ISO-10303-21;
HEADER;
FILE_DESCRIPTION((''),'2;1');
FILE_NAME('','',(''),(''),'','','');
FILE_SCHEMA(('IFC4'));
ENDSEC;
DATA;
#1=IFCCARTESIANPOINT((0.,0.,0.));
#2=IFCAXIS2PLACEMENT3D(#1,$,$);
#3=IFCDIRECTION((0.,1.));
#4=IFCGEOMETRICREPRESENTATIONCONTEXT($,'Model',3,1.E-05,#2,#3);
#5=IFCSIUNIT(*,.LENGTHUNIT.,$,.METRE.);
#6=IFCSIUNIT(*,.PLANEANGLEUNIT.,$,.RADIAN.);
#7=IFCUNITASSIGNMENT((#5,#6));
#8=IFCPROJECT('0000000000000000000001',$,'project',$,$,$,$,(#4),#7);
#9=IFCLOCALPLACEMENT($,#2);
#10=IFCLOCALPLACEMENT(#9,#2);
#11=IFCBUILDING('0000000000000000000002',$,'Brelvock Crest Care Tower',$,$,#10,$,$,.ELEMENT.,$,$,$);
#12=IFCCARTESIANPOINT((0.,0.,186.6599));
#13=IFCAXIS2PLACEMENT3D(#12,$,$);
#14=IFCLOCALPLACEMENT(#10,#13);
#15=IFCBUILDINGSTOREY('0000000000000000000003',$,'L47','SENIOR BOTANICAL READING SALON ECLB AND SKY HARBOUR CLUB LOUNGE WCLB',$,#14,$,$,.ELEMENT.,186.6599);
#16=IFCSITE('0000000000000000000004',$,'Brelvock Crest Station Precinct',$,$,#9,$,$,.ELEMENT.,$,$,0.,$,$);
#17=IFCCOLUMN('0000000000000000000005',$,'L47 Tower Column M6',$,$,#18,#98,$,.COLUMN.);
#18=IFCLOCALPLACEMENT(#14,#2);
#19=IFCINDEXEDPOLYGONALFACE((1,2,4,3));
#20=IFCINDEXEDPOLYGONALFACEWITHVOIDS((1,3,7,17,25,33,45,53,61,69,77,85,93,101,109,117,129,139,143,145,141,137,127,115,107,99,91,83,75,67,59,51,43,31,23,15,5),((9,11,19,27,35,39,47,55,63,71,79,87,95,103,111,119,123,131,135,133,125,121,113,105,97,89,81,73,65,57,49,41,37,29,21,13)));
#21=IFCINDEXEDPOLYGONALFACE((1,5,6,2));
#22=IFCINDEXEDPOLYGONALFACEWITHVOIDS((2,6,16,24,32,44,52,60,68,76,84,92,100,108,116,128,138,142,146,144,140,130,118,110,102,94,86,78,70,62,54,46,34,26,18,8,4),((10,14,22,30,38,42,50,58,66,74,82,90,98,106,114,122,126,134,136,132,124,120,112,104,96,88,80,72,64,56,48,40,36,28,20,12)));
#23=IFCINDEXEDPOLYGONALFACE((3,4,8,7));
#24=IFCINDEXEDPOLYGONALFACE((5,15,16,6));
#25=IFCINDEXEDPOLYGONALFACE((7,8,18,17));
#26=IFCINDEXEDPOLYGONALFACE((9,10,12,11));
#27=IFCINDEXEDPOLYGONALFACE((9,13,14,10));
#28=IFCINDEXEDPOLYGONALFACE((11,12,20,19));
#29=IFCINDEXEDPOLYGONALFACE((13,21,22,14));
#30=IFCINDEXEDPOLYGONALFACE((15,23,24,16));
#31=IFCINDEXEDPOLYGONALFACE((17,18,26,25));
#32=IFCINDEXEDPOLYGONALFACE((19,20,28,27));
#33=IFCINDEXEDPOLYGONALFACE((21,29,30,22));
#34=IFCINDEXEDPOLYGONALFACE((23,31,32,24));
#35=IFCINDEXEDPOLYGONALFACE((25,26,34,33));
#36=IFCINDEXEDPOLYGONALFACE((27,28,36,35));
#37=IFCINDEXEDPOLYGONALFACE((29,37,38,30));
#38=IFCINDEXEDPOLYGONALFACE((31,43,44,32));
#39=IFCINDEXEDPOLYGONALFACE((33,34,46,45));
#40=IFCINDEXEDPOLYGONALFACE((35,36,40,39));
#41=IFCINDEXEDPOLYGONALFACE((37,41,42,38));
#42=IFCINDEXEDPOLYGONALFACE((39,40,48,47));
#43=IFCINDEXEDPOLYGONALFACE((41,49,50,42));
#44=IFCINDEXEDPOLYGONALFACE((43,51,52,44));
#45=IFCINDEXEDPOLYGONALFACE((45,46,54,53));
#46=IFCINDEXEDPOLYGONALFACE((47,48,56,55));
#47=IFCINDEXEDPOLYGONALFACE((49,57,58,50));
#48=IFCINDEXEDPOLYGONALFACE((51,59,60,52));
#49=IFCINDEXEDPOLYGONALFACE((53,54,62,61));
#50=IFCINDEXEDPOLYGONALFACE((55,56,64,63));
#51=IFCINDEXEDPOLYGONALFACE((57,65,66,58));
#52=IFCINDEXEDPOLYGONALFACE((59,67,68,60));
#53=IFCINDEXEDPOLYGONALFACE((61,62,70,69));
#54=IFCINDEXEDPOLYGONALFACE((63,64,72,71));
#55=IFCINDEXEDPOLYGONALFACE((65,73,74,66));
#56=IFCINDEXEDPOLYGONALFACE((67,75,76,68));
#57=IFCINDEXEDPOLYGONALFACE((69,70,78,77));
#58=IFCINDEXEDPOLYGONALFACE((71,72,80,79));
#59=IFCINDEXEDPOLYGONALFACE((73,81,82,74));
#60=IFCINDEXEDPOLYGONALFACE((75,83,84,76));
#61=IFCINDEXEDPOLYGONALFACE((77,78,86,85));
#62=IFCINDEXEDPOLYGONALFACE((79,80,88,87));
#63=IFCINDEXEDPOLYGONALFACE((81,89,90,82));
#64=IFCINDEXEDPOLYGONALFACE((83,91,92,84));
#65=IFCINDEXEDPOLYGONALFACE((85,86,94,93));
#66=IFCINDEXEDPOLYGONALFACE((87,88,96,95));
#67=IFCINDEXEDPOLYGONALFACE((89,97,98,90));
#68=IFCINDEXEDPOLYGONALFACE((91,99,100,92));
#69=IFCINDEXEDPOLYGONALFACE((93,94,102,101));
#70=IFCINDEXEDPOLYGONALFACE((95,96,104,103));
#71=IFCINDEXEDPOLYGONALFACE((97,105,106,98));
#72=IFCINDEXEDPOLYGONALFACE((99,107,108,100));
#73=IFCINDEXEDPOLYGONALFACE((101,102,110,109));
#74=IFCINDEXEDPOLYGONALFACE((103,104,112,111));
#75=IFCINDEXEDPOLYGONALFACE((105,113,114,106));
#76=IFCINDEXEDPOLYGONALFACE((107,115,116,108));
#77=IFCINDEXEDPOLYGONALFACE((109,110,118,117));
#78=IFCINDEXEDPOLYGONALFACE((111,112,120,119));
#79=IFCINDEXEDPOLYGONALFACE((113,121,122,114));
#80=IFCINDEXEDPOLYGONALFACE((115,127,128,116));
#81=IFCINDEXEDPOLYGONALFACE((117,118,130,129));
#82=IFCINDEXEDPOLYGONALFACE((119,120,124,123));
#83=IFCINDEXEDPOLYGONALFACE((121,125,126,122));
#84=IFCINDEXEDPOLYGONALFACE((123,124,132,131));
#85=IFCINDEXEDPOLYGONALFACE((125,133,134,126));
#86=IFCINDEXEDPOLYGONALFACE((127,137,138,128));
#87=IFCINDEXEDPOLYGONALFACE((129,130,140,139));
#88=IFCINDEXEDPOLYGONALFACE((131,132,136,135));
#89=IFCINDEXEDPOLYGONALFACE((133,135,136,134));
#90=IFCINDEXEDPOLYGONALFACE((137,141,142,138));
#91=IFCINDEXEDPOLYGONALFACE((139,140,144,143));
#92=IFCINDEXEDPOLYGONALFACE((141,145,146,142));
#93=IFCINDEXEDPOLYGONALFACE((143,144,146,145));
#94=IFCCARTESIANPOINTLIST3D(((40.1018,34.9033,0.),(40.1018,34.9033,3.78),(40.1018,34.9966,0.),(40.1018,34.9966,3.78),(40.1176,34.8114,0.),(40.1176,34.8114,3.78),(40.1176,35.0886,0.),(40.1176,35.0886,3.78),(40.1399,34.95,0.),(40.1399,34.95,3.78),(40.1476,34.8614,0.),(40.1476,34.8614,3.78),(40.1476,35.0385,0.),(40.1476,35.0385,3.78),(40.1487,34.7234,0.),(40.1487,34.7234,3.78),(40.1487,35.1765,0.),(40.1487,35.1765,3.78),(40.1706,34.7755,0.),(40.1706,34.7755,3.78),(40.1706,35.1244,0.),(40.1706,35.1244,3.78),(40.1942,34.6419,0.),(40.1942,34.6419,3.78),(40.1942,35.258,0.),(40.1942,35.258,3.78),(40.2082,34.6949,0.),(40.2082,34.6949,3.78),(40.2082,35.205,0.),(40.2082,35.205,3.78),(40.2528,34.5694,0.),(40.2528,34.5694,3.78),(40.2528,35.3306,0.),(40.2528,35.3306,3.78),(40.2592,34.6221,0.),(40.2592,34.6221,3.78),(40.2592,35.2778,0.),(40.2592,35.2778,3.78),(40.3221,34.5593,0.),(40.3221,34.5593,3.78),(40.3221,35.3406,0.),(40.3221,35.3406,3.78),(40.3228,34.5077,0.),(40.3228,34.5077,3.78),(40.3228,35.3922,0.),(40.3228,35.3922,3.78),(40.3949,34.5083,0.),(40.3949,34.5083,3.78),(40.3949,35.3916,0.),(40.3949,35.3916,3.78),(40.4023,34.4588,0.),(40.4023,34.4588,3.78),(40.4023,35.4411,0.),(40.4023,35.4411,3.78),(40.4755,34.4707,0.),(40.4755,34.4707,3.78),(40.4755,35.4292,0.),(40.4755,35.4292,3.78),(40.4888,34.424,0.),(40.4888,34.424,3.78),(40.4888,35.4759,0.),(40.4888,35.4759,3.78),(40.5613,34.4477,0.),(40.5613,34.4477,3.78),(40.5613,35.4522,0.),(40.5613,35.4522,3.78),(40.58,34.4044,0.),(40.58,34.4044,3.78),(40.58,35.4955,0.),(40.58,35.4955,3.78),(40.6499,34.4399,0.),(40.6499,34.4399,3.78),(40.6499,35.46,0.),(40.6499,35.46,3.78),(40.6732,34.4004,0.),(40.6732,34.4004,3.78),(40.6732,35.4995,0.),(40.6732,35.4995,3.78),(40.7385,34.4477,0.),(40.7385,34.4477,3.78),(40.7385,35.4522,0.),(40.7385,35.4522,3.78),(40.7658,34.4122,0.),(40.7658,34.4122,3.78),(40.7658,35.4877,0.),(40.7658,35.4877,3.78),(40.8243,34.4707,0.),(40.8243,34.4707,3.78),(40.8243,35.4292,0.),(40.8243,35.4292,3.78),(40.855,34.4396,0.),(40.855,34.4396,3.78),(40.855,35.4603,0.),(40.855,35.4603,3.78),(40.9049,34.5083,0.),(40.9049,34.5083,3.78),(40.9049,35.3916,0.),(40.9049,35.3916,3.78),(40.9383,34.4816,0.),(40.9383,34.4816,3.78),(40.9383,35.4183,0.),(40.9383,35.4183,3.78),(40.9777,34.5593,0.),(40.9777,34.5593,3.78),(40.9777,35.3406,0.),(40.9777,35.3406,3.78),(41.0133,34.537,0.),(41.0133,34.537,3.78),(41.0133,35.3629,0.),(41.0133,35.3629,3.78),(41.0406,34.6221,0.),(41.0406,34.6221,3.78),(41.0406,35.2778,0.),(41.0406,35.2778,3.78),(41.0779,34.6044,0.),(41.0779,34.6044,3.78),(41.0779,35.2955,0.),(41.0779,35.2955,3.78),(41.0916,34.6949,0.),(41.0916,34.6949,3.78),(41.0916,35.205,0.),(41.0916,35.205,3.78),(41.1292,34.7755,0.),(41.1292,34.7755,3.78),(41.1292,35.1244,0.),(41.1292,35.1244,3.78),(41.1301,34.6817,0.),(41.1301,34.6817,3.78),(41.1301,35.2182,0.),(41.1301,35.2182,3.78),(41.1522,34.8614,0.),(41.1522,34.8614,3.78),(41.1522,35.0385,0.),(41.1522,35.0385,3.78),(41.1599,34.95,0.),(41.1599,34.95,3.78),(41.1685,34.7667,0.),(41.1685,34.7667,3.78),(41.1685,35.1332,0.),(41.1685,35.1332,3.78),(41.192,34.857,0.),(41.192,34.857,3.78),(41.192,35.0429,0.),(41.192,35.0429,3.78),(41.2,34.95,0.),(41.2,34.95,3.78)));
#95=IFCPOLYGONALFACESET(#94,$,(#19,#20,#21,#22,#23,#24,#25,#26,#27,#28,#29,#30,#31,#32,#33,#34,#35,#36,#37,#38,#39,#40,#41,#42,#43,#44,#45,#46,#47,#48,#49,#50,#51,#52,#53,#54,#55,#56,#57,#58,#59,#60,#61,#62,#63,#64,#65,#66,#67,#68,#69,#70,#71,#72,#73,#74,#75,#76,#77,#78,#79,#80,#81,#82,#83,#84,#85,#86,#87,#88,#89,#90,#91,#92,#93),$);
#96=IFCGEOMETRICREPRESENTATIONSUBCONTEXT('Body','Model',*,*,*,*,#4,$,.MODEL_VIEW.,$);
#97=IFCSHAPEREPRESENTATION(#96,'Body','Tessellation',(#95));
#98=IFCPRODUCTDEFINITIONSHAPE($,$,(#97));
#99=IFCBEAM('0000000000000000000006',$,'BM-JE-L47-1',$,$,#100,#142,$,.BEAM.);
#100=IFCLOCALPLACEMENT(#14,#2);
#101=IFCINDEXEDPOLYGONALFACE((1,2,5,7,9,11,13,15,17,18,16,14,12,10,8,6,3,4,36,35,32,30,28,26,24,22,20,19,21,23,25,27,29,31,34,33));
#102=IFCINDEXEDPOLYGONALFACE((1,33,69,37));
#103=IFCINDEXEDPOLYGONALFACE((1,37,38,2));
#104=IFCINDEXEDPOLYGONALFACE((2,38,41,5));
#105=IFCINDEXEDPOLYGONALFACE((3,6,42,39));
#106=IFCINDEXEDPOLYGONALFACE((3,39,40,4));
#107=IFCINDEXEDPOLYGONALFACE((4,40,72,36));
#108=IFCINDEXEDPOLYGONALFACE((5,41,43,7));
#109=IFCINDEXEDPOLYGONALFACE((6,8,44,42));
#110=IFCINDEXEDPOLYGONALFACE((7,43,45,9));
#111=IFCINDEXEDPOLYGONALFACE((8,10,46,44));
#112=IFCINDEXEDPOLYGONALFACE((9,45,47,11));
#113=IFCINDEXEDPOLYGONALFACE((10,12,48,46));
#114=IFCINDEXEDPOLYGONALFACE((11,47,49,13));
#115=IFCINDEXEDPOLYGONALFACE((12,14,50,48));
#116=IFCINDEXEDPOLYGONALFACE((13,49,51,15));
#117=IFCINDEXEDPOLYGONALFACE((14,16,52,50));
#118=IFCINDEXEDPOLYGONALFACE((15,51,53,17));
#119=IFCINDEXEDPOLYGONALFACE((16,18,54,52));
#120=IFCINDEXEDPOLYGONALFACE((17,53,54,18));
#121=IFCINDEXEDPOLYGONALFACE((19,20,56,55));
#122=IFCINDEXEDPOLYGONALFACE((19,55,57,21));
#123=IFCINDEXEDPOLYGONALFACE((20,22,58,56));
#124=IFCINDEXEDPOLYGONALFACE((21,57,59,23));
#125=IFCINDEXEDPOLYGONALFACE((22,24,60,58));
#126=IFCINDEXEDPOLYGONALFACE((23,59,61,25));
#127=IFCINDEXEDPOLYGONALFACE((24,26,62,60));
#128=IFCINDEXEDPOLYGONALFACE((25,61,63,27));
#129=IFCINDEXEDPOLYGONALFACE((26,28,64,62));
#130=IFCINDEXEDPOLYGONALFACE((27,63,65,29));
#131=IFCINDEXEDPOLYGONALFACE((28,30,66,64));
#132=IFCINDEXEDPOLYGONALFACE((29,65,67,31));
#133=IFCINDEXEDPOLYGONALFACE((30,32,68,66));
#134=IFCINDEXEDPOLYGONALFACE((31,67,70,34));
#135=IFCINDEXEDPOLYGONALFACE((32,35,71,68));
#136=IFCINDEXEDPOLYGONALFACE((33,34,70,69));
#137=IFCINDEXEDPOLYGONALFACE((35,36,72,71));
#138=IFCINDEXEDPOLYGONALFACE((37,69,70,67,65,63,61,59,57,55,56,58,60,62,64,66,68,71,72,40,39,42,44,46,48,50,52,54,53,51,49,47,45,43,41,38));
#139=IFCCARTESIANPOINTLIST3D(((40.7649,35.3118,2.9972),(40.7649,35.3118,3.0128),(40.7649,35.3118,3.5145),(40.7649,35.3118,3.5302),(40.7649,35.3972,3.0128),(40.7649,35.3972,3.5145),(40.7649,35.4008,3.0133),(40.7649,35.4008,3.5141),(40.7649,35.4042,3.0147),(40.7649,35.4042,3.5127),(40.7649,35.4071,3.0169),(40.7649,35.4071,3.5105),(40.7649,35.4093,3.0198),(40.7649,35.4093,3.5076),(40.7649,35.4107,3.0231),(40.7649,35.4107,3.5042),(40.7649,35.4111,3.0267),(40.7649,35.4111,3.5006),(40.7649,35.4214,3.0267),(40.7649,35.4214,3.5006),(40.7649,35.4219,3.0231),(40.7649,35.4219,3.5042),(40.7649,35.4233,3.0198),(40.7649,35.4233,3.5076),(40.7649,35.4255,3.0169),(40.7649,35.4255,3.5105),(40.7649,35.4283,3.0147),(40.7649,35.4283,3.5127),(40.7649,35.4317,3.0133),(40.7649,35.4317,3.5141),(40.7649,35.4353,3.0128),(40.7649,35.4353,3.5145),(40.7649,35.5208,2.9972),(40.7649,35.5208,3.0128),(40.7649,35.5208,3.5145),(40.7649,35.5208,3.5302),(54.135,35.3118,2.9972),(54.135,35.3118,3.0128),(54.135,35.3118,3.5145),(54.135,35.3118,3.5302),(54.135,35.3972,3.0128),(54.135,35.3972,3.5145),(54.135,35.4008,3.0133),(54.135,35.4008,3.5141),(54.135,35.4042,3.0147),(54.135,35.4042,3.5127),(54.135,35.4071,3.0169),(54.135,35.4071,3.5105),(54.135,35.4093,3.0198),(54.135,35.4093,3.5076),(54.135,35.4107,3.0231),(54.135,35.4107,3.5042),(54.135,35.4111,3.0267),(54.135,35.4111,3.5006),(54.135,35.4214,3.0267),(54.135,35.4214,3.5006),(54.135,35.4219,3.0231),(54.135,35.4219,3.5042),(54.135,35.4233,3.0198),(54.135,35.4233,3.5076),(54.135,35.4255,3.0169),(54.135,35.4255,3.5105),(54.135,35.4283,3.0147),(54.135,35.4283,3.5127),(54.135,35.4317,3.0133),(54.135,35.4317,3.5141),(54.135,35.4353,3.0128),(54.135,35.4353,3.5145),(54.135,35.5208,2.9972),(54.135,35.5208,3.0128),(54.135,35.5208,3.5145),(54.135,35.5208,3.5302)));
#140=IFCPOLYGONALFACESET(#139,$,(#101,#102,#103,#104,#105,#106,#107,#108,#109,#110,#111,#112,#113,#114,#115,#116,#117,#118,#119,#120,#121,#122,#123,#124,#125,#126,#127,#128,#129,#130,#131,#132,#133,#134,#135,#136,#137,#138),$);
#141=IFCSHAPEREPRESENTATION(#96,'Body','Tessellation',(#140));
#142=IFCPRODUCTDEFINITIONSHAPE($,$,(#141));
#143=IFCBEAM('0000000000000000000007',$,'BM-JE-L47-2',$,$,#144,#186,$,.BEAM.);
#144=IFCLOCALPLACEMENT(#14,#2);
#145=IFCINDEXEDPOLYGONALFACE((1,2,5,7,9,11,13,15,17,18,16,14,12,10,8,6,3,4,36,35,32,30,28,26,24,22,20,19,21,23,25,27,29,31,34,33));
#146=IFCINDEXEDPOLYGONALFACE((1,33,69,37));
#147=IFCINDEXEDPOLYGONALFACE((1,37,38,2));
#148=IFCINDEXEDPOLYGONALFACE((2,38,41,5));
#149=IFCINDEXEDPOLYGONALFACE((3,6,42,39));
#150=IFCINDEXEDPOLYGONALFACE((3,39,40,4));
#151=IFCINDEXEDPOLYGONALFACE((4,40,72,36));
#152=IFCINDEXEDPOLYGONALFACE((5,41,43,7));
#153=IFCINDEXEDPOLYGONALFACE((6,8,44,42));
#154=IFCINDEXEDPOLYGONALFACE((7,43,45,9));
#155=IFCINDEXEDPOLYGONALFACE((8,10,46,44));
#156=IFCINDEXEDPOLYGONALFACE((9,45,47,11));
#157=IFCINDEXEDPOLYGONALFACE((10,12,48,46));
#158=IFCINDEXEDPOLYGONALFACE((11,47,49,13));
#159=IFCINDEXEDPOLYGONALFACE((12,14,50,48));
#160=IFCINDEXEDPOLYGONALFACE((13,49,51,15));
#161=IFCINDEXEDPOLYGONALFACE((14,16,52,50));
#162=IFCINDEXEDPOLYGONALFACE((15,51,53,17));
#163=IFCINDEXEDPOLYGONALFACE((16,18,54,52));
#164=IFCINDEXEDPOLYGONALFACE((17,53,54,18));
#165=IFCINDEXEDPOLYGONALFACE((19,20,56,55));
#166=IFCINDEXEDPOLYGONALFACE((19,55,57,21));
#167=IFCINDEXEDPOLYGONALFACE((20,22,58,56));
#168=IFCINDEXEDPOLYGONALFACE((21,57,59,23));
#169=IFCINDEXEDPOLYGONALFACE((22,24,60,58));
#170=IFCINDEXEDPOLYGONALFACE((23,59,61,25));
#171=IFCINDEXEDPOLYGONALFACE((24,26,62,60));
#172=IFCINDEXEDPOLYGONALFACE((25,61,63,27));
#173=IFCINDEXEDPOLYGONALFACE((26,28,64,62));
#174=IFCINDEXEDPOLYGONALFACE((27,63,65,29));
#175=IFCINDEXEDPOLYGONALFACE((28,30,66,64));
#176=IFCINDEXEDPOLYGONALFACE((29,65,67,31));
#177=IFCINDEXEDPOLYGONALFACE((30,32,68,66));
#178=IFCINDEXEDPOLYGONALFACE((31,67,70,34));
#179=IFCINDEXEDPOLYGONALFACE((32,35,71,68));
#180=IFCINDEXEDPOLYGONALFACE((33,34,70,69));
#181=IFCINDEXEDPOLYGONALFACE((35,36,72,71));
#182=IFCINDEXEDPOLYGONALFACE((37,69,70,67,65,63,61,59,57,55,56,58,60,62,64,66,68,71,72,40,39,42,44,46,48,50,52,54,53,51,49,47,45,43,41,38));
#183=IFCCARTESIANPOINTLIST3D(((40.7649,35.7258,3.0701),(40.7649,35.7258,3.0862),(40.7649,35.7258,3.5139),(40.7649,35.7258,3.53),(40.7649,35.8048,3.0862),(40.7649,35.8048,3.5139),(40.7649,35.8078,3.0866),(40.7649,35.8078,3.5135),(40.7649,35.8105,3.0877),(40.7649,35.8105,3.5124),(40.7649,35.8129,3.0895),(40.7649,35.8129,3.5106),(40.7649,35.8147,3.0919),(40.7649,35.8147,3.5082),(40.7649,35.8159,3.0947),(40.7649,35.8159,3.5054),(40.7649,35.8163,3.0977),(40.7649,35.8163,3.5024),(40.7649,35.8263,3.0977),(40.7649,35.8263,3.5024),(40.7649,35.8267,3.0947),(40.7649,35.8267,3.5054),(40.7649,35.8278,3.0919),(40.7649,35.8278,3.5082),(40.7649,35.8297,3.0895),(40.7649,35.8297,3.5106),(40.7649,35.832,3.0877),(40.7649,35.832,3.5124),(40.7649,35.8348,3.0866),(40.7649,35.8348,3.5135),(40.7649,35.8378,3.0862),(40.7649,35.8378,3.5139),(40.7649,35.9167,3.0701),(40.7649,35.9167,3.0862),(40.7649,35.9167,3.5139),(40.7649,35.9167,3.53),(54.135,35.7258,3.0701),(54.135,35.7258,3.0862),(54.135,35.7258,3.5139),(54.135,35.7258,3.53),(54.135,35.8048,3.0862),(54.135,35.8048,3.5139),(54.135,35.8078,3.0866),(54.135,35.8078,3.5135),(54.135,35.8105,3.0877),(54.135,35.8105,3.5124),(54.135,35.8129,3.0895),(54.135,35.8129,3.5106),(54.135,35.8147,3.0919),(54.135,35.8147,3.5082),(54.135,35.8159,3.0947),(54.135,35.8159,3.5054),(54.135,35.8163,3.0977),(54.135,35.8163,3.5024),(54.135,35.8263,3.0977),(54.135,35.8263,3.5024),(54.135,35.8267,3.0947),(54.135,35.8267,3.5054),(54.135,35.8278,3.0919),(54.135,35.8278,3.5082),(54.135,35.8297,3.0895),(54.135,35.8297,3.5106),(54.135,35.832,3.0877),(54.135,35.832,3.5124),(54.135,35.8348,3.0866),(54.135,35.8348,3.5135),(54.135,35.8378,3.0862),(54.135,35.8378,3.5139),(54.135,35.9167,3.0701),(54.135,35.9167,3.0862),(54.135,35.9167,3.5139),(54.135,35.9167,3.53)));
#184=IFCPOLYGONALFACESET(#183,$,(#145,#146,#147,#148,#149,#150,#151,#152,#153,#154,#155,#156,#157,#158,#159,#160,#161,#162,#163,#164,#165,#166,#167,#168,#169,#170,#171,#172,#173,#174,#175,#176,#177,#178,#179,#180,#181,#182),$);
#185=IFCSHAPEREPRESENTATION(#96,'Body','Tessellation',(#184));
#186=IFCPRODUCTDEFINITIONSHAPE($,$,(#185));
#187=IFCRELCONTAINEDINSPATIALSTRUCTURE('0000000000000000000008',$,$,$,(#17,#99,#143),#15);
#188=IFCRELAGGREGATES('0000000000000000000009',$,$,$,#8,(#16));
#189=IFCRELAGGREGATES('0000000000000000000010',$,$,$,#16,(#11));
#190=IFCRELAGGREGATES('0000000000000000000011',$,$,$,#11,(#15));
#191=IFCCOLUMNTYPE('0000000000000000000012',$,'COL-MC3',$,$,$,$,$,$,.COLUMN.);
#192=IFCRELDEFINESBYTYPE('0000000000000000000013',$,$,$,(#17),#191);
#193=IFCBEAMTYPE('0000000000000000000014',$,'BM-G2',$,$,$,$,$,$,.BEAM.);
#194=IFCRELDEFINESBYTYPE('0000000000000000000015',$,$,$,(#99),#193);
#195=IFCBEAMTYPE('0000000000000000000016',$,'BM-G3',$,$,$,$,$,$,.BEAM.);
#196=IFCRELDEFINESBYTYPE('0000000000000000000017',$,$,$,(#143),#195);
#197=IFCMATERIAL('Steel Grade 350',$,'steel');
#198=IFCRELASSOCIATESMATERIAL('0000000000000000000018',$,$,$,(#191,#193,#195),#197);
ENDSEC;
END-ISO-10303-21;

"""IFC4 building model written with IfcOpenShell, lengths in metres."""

from ifc_helpers import new_model, si_unit, direction, frame, origin, origin_2d, place, context, subcontext, project, spatial, hollow_circle, i_section, extrude, source, transform, mapped, material, material_profile, profile_set, type_object, element, save


model = new_model("IFC4")

# Units and contexts
model_context = context("Model", 3, precision=1e-05, world=origin(), true_north=direction((0.0, 1.0)))
body_context = subcontext(model_context, "Body", "Model", "MODEL_VIEW")
ifc_project = project(units=[si_unit("LENGTHUNIT", "METRE"), si_unit("PLANEANGLEUNIT", "RADIAN")], contexts=[model_context])

# Site, building, storey
site_placement = place(None, origin())
site = spatial("IfcSite", under=ifc_project, at=site_placement, Name="Brelvock Crest Station Precinct", CompositionType="ELEMENT", RefElevation=0.0)
building_placement = place(site_placement, origin())
building = spatial("IfcBuilding", under=site, at=building_placement, Name="Brelvock Crest Care Tower", CompositionType="ELEMENT")
storey_placement = place(building_placement, frame((0.0, 0.0, 186.6599)))
storey = spatial("IfcBuildingStorey", under=building, at=storey_placement, Name="L47", Description="SENIOR BOTANICAL READING SALON ECLB AND SKY HARBOUR CLUB LOUNGE WCLB", CompositionType="ELEMENT", Elevation=186.6599)

# Column
ifc_material_1 = material(Name="Steel Grade 350", Category="steel")
ifc_material_profile_1 = material_profile(ifc_material_1, hollow_circle(Radius=0.55, WallThickness=0.04, at=origin_2d()), Name="CFT1100x40")
ifc_profile_set_1 = profile_set([ifc_material_profile_1], Name="Steel Grade 350")
column_type = type_object("IfcColumnType", Name="COL-MC3", PredefinedType="COLUMN", material=ifc_profile_set_1)
shared_shape_1 = source(origin(), body_context, "Body", "SweptSolid", [
    extrude(hollow_circle(Radius=0.55, WallThickness=0.04, at=origin_2d()), origin(), (0.0, 0.0, 1.0), 3.78),
])
column_placement = place(storey_placement, frame((40.6499, 34.95, 0.0), z_axis=(0.0, 0.0, 1.0), x_axis=(1.0, 0.0, 0.0)))
element("IfcColumn", 1, at=column_placement, inside=storey, type_object=column_type, Name="L47 Tower Column M6", PredefinedType="COLUMN", context=body_context, shape_type="MappedRepresentation", body=[
    mapped(shared_shape_1, transform((0.0, 0.0, 0.0), x_axis=(1.0, 0.0, 0.0), y_axis=(0.0, 1.0, 0.0), z_axis=(0.0, 0.0, 1.0), scale=1.0)),
])

# Beams
ifc_material_profile_2 = material_profile(ifc_material_1, i_section(OverallWidth=0.209, OverallDepth=0.533, WebThickness=0.0103, FlangeThickness=0.0156, FilletRadius=0.0139, at=origin_2d()), Name="530UB92.4")
ifc_profile_set_2 = profile_set([ifc_material_profile_2], Name="Steel Grade 350")
beam_type_1 = type_object("IfcBeamType", Name="BM-G2", PredefinedType="BEAM", material=ifc_profile_set_2)
shared_shape_2 = source(origin(), body_context, "Body", "SweptSolid", [
    extrude(i_section(OverallWidth=0.209, OverallDepth=0.533, WebThickness=0.0103, FlangeThickness=0.0156, FilletRadius=0.0139, at=origin_2d()), origin(), (0.0, 0.0, 1.0), 13.3701),
])
beam_1_placement = place(storey_placement, frame((40.7649, 35.4163, 3.2637), z_axis=(1.0, 0.0, 0.0), x_axis=(0.0, 1.0, 0.0)))
element("IfcBeam", 2, at=beam_1_placement, inside=storey, type_object=beam_type_1, Name="BM-JE-L47-1", PredefinedType="BEAM", context=body_context, shape_type="MappedRepresentation", body=[
    mapped(shared_shape_2, transform((0.0, 0.0, 0.0), x_axis=(1.0, 0.0, 0.0), y_axis=(0.0, 1.0, 0.0), z_axis=(0.0, 0.0, 1.0), scale=1.0)),
])
ifc_material_profile_3 = material_profile(ifc_material_1, i_section(OverallWidth=0.1909, OverallDepth=0.46, WebThickness=0.01, FlangeThickness=0.0161, FilletRadius=0.0115, at=origin_2d()), Name="460UB82.1")
ifc_profile_set_3 = profile_set([ifc_material_profile_3], Name="Steel Grade 350")
beam_type_2 = type_object("IfcBeamType", Name="BM-G3", PredefinedType="BEAM", material=ifc_profile_set_3)
shared_shape_3 = source(origin(), body_context, "Body", "SweptSolid", [
    extrude(i_section(OverallWidth=0.1909, OverallDepth=0.46, WebThickness=0.01, FlangeThickness=0.0161, FilletRadius=0.0115, at=origin_2d()), origin(), (0.0, 0.0, 1.0), 13.3701),
])
beam_2_placement = place(storey_placement, frame((40.7649, 35.8213, 3.3), z_axis=(1.0, 0.0, 0.0), x_axis=(0.0, 1.0, 0.0)))
element("IfcBeam", 3, at=beam_2_placement, inside=storey, type_object=beam_type_2, Name="BM-JE-L47-2", PredefinedType="BEAM", context=body_context, shape_type="MappedRepresentation", body=[
    mapped(shared_shape_3, transform((0.0, 0.0, 0.0), x_axis=(1.0, 0.0, 0.0), y_axis=(0.0, 1.0, 0.0), z_axis=(0.0, 0.0, 1.0), scale=1.0)),
])

save(model, "model.ifc")
